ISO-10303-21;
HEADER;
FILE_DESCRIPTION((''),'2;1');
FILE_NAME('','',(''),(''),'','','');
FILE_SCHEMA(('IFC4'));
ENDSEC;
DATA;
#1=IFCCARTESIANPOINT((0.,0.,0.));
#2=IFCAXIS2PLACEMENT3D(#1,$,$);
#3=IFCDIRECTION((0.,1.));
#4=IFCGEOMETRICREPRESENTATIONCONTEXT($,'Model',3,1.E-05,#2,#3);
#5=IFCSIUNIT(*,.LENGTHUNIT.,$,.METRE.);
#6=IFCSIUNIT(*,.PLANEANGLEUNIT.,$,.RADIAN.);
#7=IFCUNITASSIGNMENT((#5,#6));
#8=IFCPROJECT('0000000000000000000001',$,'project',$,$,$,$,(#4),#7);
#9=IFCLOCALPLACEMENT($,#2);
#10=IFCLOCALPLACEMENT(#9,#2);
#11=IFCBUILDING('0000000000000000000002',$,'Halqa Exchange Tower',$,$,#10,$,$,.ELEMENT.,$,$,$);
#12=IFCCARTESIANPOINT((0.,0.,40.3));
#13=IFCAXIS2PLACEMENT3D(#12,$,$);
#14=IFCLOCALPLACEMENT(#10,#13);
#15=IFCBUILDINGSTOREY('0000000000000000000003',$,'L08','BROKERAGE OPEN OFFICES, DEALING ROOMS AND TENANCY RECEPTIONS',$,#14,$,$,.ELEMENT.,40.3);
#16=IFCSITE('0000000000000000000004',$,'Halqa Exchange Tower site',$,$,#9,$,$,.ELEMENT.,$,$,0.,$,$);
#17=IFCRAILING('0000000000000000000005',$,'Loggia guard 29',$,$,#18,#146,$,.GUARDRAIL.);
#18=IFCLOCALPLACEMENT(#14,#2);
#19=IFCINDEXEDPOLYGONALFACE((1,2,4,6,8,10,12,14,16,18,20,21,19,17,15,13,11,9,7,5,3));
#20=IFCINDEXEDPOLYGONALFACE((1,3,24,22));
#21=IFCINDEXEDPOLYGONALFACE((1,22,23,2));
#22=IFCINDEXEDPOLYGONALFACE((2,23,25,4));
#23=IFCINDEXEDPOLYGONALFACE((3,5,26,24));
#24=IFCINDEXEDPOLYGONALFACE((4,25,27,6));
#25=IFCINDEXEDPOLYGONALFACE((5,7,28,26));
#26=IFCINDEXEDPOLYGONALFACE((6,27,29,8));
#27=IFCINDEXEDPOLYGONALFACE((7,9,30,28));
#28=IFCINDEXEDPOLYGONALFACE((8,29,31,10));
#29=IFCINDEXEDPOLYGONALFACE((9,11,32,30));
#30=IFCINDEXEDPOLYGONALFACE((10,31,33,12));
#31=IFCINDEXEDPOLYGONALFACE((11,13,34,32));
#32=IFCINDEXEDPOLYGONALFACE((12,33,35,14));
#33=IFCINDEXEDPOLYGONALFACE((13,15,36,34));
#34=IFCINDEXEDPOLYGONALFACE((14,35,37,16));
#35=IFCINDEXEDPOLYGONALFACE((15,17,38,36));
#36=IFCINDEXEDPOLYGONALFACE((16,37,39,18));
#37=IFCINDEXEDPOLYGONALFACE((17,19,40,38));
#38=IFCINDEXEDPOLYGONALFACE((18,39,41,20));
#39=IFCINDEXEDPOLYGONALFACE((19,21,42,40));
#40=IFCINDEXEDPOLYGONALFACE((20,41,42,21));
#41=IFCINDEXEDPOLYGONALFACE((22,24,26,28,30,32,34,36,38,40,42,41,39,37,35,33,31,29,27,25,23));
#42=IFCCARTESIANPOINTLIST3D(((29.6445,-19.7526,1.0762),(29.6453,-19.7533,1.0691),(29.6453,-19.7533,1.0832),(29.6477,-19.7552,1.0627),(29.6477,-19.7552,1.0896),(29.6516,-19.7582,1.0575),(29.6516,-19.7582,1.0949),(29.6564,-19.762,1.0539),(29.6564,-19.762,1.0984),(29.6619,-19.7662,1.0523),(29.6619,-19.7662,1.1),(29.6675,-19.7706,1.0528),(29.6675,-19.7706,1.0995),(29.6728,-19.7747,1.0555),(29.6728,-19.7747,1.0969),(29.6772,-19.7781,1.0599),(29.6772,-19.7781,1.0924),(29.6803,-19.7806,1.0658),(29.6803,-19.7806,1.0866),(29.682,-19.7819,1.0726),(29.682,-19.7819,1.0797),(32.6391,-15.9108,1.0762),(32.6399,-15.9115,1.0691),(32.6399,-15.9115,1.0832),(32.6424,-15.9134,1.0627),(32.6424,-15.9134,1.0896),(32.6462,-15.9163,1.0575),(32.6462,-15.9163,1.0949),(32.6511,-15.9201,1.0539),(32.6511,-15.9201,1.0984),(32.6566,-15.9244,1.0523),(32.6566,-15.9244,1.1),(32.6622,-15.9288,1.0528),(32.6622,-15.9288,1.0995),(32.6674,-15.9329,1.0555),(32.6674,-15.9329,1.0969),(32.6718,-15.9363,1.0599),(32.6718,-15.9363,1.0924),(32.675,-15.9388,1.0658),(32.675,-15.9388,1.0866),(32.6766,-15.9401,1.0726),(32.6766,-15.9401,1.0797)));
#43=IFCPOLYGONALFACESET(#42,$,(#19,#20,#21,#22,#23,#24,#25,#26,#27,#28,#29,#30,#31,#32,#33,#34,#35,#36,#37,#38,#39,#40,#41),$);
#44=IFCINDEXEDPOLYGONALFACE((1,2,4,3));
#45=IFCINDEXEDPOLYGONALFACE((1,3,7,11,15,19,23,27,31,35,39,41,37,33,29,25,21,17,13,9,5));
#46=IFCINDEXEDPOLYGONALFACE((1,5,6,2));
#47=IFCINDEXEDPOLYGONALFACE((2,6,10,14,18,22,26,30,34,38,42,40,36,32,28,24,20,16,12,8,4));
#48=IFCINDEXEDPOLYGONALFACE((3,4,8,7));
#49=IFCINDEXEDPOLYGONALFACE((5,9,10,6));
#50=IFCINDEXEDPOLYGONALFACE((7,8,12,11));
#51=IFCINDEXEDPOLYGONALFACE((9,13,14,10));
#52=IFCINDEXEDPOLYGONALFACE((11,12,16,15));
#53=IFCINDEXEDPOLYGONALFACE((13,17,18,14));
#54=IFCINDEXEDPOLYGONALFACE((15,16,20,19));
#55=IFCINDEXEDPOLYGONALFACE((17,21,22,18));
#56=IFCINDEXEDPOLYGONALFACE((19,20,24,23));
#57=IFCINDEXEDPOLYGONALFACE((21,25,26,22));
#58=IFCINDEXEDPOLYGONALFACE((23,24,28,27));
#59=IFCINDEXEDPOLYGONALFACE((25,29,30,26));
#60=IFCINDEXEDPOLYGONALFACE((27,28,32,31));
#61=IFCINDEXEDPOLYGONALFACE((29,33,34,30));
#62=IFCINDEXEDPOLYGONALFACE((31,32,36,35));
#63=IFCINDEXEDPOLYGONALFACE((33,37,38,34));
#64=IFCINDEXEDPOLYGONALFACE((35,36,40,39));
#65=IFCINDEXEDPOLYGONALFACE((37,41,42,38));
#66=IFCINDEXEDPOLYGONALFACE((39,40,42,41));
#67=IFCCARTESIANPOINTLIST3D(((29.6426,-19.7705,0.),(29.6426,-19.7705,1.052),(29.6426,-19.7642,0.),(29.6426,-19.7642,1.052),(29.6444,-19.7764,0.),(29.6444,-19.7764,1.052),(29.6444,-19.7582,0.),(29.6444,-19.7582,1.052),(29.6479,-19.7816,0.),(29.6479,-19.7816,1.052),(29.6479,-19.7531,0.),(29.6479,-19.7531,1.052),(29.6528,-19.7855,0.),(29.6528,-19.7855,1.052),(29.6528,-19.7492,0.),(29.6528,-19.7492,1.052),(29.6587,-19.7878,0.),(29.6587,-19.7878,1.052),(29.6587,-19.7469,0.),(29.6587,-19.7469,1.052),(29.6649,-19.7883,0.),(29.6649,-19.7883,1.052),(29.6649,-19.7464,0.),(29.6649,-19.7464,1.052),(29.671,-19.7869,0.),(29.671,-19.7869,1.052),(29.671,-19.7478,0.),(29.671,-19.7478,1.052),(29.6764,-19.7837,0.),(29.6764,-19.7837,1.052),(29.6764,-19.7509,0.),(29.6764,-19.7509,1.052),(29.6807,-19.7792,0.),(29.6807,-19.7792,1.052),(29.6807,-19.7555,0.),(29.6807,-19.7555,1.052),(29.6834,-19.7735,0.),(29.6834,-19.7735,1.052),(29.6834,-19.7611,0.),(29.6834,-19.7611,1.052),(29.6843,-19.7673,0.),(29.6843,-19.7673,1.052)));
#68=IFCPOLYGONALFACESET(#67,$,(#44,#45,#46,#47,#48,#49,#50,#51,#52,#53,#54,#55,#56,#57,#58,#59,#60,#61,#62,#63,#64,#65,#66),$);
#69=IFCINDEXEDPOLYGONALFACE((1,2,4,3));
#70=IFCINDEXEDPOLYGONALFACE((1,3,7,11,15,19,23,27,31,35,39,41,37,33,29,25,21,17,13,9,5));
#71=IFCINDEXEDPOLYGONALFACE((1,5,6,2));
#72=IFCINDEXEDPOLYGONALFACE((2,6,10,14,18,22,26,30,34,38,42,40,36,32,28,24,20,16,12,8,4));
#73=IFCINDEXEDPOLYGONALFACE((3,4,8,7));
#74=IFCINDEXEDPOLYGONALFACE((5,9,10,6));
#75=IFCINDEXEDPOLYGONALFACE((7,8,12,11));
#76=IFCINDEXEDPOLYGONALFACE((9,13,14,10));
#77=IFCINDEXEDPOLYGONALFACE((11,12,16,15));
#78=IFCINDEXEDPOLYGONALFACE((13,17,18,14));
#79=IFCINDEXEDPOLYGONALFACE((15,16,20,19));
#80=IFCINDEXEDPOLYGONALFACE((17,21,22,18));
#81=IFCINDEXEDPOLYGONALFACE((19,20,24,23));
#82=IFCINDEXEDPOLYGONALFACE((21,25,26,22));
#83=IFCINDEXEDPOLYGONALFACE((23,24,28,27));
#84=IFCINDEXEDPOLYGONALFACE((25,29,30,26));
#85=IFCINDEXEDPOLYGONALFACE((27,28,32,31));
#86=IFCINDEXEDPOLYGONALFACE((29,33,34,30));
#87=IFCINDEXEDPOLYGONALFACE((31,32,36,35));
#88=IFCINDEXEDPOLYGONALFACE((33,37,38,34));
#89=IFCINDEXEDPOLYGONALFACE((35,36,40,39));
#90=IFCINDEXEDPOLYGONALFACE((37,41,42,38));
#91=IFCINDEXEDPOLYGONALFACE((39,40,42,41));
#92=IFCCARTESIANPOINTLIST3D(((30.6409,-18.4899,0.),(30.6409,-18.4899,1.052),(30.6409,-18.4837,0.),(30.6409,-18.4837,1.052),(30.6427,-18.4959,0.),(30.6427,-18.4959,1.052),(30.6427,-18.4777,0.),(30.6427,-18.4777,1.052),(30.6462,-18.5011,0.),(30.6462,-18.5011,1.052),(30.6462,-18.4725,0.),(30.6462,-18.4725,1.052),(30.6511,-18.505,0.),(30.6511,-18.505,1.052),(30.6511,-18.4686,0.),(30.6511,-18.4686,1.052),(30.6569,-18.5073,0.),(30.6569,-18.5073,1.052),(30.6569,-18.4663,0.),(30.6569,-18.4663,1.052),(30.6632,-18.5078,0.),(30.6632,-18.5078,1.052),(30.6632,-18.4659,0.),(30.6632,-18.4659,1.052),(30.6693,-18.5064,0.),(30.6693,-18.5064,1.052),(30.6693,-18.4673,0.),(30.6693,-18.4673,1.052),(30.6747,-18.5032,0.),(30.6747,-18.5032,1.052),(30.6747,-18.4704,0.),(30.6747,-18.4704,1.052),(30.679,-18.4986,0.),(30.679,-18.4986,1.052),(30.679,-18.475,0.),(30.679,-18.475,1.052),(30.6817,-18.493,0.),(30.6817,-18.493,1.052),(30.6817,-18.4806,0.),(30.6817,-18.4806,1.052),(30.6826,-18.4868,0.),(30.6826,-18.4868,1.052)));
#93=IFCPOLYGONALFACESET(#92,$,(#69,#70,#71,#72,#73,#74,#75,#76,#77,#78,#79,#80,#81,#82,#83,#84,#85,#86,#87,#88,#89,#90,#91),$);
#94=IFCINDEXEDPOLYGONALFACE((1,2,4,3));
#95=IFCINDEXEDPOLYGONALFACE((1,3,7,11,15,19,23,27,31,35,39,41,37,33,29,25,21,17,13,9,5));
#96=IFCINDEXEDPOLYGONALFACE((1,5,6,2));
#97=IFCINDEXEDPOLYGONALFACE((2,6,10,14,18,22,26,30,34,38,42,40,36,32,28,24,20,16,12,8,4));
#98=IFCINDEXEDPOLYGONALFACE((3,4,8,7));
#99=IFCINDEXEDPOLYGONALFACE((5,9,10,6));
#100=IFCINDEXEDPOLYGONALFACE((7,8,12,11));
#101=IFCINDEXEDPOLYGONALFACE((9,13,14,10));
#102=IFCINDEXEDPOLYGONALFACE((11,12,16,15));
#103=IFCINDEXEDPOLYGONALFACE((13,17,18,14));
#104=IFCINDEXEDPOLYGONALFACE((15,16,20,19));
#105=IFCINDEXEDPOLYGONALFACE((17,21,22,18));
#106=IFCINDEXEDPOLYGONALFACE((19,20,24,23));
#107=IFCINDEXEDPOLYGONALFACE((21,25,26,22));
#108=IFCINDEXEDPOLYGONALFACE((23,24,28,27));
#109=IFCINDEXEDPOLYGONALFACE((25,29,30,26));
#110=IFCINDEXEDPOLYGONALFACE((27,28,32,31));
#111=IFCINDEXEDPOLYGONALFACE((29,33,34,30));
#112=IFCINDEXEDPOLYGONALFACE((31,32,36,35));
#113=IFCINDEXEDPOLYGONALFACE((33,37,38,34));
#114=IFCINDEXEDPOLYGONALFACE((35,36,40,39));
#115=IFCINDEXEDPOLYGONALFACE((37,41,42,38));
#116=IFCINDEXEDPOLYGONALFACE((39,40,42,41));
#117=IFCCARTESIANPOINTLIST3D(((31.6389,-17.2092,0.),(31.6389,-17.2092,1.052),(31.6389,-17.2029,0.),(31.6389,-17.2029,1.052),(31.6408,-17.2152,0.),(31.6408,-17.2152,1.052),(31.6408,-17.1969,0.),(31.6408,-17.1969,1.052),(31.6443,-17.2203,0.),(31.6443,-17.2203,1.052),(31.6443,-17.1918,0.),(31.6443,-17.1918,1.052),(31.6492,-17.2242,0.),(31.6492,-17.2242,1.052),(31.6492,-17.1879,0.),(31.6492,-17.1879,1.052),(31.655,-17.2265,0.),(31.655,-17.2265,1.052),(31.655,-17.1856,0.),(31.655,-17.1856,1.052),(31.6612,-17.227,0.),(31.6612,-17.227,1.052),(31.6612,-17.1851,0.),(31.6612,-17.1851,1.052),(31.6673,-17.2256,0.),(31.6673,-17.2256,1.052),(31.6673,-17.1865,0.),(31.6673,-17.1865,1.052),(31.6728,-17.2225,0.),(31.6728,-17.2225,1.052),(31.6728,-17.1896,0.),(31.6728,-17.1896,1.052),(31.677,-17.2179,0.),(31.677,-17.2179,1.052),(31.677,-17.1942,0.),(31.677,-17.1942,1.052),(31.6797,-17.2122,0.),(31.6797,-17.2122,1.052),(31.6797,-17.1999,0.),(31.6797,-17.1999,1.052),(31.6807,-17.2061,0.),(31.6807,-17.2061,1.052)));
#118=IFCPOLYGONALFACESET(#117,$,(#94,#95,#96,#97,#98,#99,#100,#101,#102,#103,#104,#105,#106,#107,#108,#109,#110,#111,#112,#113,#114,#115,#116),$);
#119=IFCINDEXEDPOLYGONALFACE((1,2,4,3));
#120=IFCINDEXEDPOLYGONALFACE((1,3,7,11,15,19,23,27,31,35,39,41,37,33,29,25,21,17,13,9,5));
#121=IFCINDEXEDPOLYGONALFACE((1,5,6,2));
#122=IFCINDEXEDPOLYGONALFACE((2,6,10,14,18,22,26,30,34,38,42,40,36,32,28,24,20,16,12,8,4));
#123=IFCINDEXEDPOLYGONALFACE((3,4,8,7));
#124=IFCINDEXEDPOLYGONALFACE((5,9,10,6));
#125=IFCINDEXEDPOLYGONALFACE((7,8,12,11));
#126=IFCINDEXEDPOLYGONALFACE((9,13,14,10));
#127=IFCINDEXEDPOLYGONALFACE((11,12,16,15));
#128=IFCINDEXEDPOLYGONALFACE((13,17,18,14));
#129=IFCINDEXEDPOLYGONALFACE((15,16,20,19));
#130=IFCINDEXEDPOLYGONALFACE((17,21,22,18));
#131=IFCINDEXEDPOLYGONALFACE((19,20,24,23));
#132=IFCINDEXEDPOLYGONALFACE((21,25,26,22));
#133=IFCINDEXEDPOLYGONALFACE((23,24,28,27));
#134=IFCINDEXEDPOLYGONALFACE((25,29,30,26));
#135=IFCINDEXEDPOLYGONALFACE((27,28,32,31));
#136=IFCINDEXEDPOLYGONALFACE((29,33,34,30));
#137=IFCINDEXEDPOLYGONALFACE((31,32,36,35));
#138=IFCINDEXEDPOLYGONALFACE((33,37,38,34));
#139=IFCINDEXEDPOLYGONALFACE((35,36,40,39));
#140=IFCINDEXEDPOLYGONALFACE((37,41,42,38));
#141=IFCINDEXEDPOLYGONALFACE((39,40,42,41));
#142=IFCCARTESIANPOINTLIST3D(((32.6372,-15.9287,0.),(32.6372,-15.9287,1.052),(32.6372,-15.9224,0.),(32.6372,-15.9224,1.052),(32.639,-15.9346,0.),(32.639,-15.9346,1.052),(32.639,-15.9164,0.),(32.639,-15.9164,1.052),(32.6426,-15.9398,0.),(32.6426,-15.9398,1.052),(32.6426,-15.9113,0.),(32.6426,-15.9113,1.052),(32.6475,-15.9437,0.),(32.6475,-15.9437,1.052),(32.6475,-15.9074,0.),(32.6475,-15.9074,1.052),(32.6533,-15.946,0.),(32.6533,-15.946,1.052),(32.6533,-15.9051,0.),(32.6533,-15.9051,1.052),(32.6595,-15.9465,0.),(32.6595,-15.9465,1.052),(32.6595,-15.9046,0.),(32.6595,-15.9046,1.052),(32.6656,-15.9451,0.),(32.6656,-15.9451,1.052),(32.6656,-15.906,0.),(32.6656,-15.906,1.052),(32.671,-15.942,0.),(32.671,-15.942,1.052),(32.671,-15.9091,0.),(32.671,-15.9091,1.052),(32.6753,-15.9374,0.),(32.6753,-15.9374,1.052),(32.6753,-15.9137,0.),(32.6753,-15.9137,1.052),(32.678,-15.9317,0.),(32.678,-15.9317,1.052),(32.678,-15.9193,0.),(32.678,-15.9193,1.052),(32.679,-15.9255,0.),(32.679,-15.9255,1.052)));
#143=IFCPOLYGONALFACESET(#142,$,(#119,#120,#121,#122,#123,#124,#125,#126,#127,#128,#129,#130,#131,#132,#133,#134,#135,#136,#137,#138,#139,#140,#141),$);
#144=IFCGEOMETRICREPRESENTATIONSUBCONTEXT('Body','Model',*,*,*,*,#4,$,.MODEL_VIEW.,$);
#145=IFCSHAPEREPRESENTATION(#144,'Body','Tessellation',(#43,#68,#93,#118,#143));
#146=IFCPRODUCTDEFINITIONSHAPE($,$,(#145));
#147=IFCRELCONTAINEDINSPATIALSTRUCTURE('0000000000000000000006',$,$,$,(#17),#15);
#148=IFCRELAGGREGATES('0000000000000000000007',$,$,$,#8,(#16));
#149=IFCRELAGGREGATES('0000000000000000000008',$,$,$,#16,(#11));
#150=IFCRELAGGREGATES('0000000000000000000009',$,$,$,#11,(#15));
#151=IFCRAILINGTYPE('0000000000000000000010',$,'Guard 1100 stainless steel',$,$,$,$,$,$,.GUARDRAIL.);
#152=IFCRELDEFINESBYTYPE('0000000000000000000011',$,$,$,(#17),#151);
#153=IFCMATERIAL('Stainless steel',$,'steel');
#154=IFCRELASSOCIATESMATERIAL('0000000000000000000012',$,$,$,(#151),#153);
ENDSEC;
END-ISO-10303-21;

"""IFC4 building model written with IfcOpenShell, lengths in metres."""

from ifc_helpers import new_model, si_unit, direction, frame, origin, origin_2d, place, context, subcontext, project, spatial, circle, extrude, material, type_object, element, save


model = new_model("IFC4")

# Units and contexts
model_context = context("Model", 3, precision=1e-05, world=origin(), true_north=direction((0.0, 1.0)))
body_context = subcontext(model_context, "Body", "Model", "MODEL_VIEW")
ifc_project = project(units=[si_unit("LENGTHUNIT", "METRE"), si_unit("PLANEANGLEUNIT", "RADIAN")], contexts=[model_context])

# Site, building, storey
site_placement = place(None, origin())
site = spatial("IfcSite", under=ifc_project, at=site_placement, Name="Halqa Exchange Tower site", CompositionType="ELEMENT", RefElevation=0.0)
building_placement = place(site_placement, origin())
building = spatial("IfcBuilding", under=site, at=building_placement, Name="Halqa Exchange Tower", CompositionType="ELEMENT")
storey_placement = place(building_placement, frame((0.0, 0.0, 40.3)))
storey = spatial("IfcBuildingStorey", under=building, at=storey_placement, Name="L08", Description="BROKERAGE OPEN OFFICES, DEALING ROOMS AND TENANCY RECEPTIONS", CompositionType="ELEMENT", Elevation=40.3)

# Railing
ifc_material_1 = material(Name="Stainless steel", Category="steel")
railing_type = type_object("IfcRailingType", Name="Guard 1100 stainless steel", PredefinedType="GUARDRAIL", material=ifc_material_1)
railing_1_placement = place(storey_placement, frame((29.6633, -19.7673, 0.0)))
element("IfcRailing", 1, at=railing_1_placement, inside=storey, type_object=railing_type, Name="Loggia guard 29", PredefinedType="GUARDRAIL", context=body_context, shape_type="SweptSolid", body=[
    extrude(circle(Radius=0.0239, at=origin_2d()), frame((0.0, 0.0, 1.0762), z_axis=(0.61478, 0.788699, 0.0), x_axis=(-0.788699, 0.61478, 0.0)), (0.0, 0.0, 1.0), 4.8711),
    extrude(circle(Radius=0.021, at=origin_2d()), origin(), (0.0, 0.0, 1.0), 1.052),
    extrude(circle(Radius=0.021, at=origin_2d()), frame((0.9983, 1.2805, 0.0)), (0.0, 0.0, 1.0), 1.052),
    extrude(circle(Radius=0.021, at=origin_2d()), frame((1.9963, 2.5613, 0.0)), (0.0, 0.0, 1.0), 1.052),
    extrude(circle(Radius=0.021, at=origin_2d()), frame((2.9946, 3.8418, 0.0)), (0.0, 0.0, 1.0), 1.052),
])

save(model, "model.ifc")
